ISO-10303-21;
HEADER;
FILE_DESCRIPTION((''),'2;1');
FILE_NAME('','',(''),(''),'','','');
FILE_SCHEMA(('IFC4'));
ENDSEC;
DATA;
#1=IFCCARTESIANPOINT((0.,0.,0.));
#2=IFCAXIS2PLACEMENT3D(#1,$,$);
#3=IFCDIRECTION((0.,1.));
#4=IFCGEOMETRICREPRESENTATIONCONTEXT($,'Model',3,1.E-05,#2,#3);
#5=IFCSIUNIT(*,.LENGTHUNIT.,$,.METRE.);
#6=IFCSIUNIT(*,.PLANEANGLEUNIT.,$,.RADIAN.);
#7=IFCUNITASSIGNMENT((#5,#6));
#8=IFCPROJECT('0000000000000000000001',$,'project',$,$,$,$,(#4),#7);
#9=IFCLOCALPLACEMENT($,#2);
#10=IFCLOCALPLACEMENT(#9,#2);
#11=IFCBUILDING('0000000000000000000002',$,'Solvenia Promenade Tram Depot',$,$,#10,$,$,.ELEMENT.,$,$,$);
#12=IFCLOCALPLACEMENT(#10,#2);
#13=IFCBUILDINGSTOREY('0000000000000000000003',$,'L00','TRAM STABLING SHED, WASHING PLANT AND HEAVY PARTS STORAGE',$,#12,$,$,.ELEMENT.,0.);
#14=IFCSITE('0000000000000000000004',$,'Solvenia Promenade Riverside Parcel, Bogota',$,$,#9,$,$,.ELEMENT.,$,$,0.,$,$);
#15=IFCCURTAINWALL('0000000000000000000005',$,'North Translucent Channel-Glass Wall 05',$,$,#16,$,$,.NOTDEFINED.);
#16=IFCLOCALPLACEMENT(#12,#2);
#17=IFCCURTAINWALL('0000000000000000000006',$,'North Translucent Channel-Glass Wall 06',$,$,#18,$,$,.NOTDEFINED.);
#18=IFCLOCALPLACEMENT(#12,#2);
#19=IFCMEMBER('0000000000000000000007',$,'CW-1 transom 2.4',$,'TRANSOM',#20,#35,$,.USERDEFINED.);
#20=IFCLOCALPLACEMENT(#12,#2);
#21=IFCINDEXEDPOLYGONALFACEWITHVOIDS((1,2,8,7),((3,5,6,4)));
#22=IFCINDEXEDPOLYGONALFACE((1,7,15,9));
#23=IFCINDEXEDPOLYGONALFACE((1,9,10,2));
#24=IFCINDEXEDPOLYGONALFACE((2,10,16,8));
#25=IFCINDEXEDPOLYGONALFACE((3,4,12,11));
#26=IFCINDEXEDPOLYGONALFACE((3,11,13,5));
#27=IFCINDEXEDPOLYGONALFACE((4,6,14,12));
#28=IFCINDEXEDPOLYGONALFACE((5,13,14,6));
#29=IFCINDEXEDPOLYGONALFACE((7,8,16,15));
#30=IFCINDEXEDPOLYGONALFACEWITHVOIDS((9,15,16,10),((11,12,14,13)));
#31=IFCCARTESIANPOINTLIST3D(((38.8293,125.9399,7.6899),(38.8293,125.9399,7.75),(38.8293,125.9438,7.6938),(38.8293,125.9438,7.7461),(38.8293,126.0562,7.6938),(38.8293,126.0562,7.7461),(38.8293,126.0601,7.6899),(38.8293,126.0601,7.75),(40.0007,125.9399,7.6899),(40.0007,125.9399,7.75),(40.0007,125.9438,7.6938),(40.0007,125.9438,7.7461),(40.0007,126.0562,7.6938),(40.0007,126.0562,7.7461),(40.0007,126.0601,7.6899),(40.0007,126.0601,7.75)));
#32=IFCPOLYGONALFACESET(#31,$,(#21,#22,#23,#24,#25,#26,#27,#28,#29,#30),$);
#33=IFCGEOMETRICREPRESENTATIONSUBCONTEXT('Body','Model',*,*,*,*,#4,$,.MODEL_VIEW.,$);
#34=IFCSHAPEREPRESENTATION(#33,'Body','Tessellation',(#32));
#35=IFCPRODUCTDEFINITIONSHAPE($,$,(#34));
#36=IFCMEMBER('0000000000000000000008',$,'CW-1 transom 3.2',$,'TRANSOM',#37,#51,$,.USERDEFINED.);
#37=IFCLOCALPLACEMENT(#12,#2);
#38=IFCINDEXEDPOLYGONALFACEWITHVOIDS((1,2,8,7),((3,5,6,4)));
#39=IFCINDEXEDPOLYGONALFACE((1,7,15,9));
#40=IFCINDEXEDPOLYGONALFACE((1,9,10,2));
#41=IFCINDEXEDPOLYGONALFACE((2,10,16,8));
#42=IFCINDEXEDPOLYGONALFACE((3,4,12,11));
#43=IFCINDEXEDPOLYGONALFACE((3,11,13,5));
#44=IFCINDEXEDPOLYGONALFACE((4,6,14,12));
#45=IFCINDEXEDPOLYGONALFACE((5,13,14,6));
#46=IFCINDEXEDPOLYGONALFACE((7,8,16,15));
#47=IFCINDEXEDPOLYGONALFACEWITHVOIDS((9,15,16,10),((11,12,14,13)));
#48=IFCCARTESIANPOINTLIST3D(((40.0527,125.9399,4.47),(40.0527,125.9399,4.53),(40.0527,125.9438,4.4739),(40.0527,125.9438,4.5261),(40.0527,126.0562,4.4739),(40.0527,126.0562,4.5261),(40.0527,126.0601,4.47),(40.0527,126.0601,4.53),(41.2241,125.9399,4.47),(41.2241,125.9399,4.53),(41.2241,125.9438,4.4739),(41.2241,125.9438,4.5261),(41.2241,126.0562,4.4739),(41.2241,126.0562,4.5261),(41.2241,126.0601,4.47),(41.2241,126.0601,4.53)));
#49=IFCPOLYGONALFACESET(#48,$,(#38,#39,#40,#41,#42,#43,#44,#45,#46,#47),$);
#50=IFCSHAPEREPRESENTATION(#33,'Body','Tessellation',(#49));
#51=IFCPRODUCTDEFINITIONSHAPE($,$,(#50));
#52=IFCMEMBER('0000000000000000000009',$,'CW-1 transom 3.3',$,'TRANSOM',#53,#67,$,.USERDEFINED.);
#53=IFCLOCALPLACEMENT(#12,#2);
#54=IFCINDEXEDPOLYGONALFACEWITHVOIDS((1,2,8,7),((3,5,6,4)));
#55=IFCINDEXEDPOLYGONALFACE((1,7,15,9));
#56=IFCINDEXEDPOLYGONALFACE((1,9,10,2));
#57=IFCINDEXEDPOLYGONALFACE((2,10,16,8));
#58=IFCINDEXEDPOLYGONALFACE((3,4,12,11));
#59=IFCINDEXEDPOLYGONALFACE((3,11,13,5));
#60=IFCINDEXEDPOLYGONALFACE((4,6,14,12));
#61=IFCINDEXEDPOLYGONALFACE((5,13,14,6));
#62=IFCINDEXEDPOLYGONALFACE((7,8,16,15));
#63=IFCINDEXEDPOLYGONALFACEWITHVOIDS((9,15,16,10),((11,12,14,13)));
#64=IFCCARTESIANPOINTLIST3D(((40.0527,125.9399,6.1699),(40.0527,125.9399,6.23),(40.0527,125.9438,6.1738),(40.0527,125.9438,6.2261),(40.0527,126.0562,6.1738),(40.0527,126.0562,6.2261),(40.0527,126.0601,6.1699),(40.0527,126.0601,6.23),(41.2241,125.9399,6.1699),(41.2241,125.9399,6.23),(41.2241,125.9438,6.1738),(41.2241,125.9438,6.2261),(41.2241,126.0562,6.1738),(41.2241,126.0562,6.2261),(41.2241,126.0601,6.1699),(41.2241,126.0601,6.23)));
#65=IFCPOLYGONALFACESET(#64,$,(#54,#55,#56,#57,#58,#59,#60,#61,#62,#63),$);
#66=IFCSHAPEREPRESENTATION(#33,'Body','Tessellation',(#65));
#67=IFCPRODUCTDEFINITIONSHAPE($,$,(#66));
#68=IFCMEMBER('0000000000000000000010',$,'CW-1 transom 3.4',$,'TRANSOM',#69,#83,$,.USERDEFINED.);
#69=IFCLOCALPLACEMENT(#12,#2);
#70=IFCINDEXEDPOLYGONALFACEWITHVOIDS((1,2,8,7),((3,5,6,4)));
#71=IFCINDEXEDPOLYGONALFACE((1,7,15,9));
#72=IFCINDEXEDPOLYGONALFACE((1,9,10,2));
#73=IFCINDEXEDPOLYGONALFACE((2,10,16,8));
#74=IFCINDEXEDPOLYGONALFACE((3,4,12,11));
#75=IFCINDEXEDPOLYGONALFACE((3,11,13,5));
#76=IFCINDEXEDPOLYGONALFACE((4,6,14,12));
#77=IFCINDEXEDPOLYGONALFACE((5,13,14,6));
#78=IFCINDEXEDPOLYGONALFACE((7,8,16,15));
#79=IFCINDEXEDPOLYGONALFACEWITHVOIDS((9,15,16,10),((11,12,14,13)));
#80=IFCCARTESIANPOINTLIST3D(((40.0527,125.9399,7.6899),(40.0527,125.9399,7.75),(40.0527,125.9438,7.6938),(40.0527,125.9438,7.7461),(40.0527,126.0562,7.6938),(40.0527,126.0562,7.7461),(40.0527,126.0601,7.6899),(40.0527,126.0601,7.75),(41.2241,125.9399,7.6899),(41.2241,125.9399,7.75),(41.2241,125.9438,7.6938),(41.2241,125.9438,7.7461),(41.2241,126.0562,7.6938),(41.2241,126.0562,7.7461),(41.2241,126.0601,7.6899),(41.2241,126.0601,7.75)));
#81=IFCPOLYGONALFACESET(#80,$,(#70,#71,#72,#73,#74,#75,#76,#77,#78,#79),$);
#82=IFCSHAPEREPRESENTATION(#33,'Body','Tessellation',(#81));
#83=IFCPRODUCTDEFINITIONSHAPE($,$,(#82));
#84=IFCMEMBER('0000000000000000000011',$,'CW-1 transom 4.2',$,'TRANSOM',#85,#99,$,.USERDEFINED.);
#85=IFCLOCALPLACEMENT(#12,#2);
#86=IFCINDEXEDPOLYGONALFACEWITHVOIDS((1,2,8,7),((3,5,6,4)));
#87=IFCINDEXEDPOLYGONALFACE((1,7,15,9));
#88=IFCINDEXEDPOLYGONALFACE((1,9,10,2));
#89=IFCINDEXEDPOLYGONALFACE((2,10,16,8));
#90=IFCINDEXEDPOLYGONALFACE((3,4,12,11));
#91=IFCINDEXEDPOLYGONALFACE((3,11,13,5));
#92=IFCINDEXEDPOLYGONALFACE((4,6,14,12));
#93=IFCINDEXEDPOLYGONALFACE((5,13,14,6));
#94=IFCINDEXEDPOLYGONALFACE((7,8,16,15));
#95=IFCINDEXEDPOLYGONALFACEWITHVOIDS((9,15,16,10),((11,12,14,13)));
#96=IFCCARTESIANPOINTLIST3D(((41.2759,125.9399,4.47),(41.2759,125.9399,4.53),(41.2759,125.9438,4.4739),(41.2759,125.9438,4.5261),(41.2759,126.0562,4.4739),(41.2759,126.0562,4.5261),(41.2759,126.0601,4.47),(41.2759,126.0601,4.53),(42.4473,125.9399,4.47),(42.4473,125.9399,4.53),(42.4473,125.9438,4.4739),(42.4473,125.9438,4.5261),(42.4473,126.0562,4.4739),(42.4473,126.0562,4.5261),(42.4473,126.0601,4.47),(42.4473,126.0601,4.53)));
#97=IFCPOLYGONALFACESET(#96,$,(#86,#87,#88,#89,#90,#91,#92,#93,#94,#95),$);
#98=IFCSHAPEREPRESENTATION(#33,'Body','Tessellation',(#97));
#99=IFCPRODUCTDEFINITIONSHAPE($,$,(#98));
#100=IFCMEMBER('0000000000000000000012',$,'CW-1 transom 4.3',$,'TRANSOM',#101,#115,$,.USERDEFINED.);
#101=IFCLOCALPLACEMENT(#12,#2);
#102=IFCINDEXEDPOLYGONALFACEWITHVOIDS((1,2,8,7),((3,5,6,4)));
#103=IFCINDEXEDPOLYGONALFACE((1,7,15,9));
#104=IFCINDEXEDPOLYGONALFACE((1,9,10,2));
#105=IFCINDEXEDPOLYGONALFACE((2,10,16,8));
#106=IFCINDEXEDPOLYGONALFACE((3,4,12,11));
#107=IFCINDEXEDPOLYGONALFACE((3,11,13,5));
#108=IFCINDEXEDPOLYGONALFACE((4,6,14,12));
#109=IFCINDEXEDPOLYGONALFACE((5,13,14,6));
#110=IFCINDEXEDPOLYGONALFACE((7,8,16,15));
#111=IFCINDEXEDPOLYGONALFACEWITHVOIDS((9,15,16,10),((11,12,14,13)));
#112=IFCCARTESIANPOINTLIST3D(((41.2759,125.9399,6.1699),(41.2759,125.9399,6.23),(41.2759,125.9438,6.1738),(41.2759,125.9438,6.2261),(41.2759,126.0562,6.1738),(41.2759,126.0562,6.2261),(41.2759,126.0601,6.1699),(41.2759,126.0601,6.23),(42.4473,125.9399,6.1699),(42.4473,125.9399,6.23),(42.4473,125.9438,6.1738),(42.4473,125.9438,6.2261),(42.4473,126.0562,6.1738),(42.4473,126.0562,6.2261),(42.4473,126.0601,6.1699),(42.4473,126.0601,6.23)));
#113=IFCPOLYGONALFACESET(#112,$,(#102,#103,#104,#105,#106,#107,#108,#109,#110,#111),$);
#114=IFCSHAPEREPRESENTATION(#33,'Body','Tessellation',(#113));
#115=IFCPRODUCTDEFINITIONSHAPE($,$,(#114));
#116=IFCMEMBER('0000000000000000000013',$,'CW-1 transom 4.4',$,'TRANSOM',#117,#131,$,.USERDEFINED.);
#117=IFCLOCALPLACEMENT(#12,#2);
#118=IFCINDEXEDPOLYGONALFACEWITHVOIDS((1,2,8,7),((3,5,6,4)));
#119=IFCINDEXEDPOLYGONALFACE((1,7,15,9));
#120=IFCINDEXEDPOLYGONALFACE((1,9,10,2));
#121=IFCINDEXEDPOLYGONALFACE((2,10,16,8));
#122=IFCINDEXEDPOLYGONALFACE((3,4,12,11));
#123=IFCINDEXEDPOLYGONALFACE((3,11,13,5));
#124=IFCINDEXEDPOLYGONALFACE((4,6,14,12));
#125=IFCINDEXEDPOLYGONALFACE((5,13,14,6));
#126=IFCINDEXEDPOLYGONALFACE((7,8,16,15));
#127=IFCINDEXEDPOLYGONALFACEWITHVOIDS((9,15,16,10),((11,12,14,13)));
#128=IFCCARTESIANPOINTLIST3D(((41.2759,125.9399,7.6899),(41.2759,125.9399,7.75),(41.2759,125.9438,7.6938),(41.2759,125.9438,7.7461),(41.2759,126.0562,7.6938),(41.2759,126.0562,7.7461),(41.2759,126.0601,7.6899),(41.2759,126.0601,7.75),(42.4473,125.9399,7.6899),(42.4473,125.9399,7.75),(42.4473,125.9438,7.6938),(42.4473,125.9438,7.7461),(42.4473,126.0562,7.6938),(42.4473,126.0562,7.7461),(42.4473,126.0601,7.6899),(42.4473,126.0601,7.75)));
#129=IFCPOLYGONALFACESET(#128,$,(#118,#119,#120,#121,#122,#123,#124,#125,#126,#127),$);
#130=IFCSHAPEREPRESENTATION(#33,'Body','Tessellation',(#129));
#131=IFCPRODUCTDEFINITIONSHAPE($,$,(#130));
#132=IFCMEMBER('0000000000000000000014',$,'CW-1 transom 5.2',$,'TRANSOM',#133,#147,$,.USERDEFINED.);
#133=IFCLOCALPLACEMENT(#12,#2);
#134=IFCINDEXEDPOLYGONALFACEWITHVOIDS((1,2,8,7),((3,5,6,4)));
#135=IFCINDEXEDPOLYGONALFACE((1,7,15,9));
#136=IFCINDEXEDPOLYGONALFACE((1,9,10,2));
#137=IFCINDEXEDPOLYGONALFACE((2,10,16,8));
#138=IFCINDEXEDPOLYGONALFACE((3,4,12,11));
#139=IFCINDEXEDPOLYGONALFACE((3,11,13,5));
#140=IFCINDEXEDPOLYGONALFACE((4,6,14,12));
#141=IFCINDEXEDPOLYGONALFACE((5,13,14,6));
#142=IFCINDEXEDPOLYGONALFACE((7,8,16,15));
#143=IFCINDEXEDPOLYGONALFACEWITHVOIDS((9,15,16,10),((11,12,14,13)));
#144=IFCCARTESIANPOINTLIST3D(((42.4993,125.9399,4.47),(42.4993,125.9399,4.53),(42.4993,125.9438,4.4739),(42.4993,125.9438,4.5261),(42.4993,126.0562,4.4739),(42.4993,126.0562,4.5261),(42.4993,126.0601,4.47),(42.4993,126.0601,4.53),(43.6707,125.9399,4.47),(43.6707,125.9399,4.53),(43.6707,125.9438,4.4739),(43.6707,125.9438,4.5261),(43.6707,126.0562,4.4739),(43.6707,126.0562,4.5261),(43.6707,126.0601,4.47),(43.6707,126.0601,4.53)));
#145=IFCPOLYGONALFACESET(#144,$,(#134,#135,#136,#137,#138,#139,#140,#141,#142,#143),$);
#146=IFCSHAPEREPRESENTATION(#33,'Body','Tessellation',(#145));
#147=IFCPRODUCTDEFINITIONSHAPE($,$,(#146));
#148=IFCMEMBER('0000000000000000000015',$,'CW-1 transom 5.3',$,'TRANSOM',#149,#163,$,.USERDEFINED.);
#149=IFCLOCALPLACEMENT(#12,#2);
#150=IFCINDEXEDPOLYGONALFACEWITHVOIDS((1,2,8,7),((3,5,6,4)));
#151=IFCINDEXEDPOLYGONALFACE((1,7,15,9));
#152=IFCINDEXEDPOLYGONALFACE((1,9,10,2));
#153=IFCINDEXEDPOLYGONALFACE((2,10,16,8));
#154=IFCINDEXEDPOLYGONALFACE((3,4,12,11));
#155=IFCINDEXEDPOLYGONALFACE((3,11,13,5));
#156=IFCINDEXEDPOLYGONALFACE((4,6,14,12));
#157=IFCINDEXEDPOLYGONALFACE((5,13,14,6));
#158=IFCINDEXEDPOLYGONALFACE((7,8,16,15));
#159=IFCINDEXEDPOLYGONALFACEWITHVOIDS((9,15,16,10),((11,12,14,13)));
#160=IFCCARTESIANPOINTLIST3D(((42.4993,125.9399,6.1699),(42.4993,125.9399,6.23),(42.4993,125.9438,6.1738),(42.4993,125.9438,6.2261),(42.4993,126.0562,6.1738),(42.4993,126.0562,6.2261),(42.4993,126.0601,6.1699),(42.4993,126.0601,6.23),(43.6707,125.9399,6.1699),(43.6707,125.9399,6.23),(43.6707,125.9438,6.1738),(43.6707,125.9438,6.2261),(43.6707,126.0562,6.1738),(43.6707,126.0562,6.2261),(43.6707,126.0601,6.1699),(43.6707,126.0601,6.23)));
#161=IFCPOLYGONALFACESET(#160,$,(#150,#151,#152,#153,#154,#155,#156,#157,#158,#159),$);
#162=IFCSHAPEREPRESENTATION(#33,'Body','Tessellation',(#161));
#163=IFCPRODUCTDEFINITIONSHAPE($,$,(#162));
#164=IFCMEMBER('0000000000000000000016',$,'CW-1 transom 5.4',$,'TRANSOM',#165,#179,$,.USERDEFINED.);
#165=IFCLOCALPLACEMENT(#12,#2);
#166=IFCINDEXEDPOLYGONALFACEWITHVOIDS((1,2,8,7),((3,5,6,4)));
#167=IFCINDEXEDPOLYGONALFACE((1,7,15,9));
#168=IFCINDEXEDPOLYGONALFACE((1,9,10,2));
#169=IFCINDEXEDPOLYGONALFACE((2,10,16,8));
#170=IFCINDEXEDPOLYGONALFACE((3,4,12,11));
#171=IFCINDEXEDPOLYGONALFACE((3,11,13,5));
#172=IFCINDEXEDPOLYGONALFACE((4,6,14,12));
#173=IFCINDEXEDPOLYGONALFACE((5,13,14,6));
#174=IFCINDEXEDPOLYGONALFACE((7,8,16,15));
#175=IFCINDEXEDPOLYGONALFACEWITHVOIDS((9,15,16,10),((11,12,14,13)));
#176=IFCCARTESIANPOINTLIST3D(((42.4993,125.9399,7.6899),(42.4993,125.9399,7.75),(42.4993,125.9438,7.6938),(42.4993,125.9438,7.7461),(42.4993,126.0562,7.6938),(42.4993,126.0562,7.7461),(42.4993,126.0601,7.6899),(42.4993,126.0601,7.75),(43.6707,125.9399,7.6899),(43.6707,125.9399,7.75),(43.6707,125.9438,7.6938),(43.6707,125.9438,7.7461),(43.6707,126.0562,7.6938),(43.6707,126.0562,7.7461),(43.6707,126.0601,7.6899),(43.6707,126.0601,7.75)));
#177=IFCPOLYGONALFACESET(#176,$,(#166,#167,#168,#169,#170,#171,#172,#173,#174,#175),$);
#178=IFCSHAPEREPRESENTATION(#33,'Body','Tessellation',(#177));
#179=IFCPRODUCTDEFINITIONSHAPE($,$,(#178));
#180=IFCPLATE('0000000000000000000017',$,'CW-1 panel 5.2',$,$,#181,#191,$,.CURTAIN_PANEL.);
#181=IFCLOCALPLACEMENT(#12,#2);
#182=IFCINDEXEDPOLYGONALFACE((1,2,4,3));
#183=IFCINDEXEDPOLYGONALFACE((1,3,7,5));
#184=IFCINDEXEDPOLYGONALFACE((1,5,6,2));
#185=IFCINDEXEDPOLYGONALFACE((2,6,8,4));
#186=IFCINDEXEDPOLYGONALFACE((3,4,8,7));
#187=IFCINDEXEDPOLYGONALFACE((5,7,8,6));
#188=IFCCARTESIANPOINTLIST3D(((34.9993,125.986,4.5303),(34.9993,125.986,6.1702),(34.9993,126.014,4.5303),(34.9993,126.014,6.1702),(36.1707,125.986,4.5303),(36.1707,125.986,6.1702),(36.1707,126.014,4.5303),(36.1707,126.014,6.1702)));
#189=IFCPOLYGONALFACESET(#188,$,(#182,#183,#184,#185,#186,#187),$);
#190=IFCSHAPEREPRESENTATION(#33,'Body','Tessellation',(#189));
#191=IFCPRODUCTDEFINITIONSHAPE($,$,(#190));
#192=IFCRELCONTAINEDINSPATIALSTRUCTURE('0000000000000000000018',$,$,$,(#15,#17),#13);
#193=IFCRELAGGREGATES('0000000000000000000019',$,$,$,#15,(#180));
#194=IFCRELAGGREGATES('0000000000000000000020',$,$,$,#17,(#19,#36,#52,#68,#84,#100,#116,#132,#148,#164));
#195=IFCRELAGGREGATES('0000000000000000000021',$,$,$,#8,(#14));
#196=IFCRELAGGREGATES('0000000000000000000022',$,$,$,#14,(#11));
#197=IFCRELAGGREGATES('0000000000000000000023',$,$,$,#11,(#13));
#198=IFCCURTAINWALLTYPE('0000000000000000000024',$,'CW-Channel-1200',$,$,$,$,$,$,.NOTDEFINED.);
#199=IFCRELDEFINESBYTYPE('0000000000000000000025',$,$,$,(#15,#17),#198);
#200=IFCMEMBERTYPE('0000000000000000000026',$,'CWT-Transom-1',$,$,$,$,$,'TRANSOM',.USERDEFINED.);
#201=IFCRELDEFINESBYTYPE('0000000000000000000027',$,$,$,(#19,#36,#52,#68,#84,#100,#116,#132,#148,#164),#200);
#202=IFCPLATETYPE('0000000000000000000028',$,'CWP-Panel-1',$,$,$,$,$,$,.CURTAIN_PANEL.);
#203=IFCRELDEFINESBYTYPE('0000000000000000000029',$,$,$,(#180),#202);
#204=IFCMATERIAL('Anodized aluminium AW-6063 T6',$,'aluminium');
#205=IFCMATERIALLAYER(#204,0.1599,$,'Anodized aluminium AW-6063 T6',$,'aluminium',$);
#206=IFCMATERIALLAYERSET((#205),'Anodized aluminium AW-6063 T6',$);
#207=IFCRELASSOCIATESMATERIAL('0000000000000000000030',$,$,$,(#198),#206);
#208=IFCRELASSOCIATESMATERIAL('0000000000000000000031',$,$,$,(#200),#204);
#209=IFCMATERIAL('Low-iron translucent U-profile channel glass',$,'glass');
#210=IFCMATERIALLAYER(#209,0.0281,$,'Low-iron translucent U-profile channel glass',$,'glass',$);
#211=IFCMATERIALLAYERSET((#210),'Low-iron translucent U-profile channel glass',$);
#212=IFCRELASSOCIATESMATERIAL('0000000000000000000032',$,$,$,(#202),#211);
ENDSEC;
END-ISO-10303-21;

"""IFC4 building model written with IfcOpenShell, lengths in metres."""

from ifc_helpers import new_model, si_unit, direction, frame, origin, origin_2d, place, context, subcontext, project, spatial, rectangle, hollow_rectangle, extrude, material, layer, layer_set, material_profile, profile_set, type_object, element, aggregate, save


model = new_model("IFC4")

# Units and contexts
model_context = context("Model", 3, precision=1e-05, world=origin(), true_north=direction((0.0, 1.0)))
body_context = subcontext(model_context, "Body", "Model", "MODEL_VIEW")
ifc_project = project(units=[si_unit("LENGTHUNIT", "METRE"), si_unit("PLANEANGLEUNIT", "RADIAN")], contexts=[model_context])

# Site, building, storey
site_placement = place(None, origin())
site = spatial("IfcSite", under=ifc_project, at=site_placement, Name="Solvenia Promenade Riverside Parcel, Bogota", CompositionType="ELEMENT", RefElevation=0.0)
building_placement = place(site_placement, origin())
building = spatial("IfcBuilding", under=site, at=building_placement, Name="Solvenia Promenade Tram Depot", CompositionType="ELEMENT")
storey_placement = place(building_placement, origin())
storey = spatial("IfcBuildingStorey", under=building, at=storey_placement, Name="L00", Description="TRAM STABLING SHED, WASHING PLANT AND HEAVY PARTS STORAGE", CompositionType="ELEMENT", Elevation=0.0)

# Curtain walls, members
ifc_material_1 = material(Name="Anodized aluminium AW-6063 T6", Category="aluminium")
ifc_layer_1 = layer(ifc_material_1, 0.1599, Name="Anodized aluminium AW-6063 T6", Category="aluminium")
ifc_layer_set_1 = layer_set([ifc_layer_1], Name="Anodized aluminium AW-6063 T6")
curtain_wall_type = type_object("IfcCurtainWallType", Name="CW-Channel-1200", PredefinedType="NOTDEFINED", material=ifc_layer_set_1)
curtain_wall_1_placement = place(storey_placement, origin())
curtain_wall_1 = element("IfcCurtainWall", 1, at=curtain_wall_1_placement, inside=storey, type_object=curtain_wall_type, Name="North Translucent Channel-Glass Wall 05", PredefinedType="NOTDEFINED")
ifc_material_profile = material_profile(ifc_material_1, hollow_rectangle(XDim=0.1201, YDim=0.0601, WallThickness=0.0039, at=origin_2d()), Name="ALU-T1", Category="aluminium")
ifc_profile_set = profile_set([ifc_material_profile], Name="Anodized aluminium AW-6063 T6")
member_type = type_object("IfcMemberType", Name="CWT-Transom-1", ElementType="TRANSOM", PredefinedType="USERDEFINED", material=ifc_profile_set)
curtain_wall_2_placement = place(storey_placement, origin())
curtain_wall_2 = element("IfcCurtainWall", 2, at=curtain_wall_2_placement, inside=storey, type_object=curtain_wall_type, Name="North Translucent Channel-Glass Wall 06", PredefinedType="NOTDEFINED")
member_1_placement = place(storey_placement, frame((38.8293, 126.0, 7.72), z_axis=(1.0, 0.0, 0.0), x_axis=(0.0, 1.0, 0.0)))
member_1 = element("IfcMember", 3, at=member_1_placement, type_object=member_type, Name="CW-1 transom 2.4", ObjectType="TRANSOM", PredefinedType="USERDEFINED", context=body_context, shape_type="SweptSolid", body=[
    extrude(hollow_rectangle(XDim=0.1201, YDim=0.0601, WallThickness=0.0039, at=origin_2d()), origin(), (0.0, 0.0, 1.0), 1.1714),
])
member_2_placement = place(storey_placement, frame((40.0527, 126.0, 4.5), z_axis=(1.0, 0.0, 0.0), x_axis=(0.0, 1.0, 0.0)))
member_2 = element("IfcMember", 4, at=member_2_placement, type_object=member_type, Name="CW-1 transom 3.2", ObjectType="TRANSOM", PredefinedType="USERDEFINED", context=body_context, shape_type="SweptSolid", body=[
    extrude(hollow_rectangle(XDim=0.1201, YDim=0.0601, WallThickness=0.0039, at=origin_2d()), origin(), (0.0, 0.0, 1.0), 1.1714),
])
member_3_placement = place(storey_placement, frame((40.0527, 126.0, 6.2), z_axis=(1.0, 0.0, 0.0), x_axis=(0.0, 1.0, 0.0)))
member_3 = element("IfcMember", 5, at=member_3_placement, type_object=member_type, Name="CW-1 transom 3.3", ObjectType="TRANSOM", PredefinedType="USERDEFINED", context=body_context, shape_type="SweptSolid", body=[
    extrude(hollow_rectangle(XDim=0.1201, YDim=0.0601, WallThickness=0.0039, at=origin_2d()), origin(), (0.0, 0.0, 1.0), 1.1714),
])
member_4_placement = place(storey_placement, frame((40.0527, 126.0, 7.72), z_axis=(1.0, 0.0, 0.0), x_axis=(0.0, 1.0, 0.0)))
member_4 = element("IfcMember", 6, at=member_4_placement, type_object=member_type, Name="CW-1 transom 3.4", ObjectType="TRANSOM", PredefinedType="USERDEFINED", context=body_context, shape_type="SweptSolid", body=[
    extrude(hollow_rectangle(XDim=0.1201, YDim=0.0601, WallThickness=0.0039, at=origin_2d()), origin(), (0.0, 0.0, 1.0), 1.1714),
])
member_5_placement = place(storey_placement, frame((41.2759, 126.0, 4.5), z_axis=(1.0, 0.0, 0.0), x_axis=(0.0, 1.0, 0.0)))
member_5 = element("IfcMember", 7, at=member_5_placement, type_object=member_type, Name="CW-1 transom 4.2", ObjectType="TRANSOM", PredefinedType="USERDEFINED", context=body_context, shape_type="SweptSolid", body=[
    extrude(hollow_rectangle(XDim=0.1201, YDim=0.0601, WallThickness=0.0039, at=origin_2d()), origin(), (0.0, 0.0, 1.0), 1.1714),
])
member_6_placement = place(storey_placement, frame((41.2759, 126.0, 6.2), z_axis=(1.0, 0.0, 0.0), x_axis=(0.0, 1.0, 0.0)))
member_6 = element("IfcMember", 8, at=member_6_placement, type_object=member_type, Name="CW-1 transom 4.3", ObjectType="TRANSOM", PredefinedType="USERDEFINED", context=body_context, shape_type="SweptSolid", body=[
    extrude(hollow_rectangle(XDim=0.1201, YDim=0.0601, WallThickness=0.0039, at=origin_2d()), origin(), (0.0, 0.0, 1.0), 1.1714),
])
member_7_placement = place(storey_placement, frame((41.2759, 126.0, 7.72), z_axis=(1.0, 0.0, 0.0), x_axis=(0.0, 1.0, 0.0)))
member_7 = element("IfcMember", 9, at=member_7_placement, type_object=member_type, Name="CW-1 transom 4.4", ObjectType="TRANSOM", PredefinedType="USERDEFINED", context=body_context, shape_type="SweptSolid", body=[
    extrude(hollow_rectangle(XDim=0.1201, YDim=0.0601, WallThickness=0.0039, at=origin_2d()), origin(), (0.0, 0.0, 1.0), 1.1714),
])
member_8_placement = place(storey_placement, frame((42.4993, 126.0, 4.5), z_axis=(1.0, 0.0, 0.0), x_axis=(0.0, 1.0, 0.0)))
member_8 = element("IfcMember", 10, at=member_8_placement, type_object=member_type, Name="CW-1 transom 5.2", ObjectType="TRANSOM", PredefinedType="USERDEFINED", context=body_context, shape_type="SweptSolid", body=[
    extrude(hollow_rectangle(XDim=0.1201, YDim=0.0601, WallThickness=0.0039, at=origin_2d()), origin(), (0.0, 0.0, 1.0), 1.1714),
])
member_9_placement = place(storey_placement, frame((42.4993, 126.0, 6.2), z_axis=(1.0, 0.0, 0.0), x_axis=(0.0, 1.0, 0.0)))
member_9 = element("IfcMember", 11, at=member_9_placement, type_object=member_type, Name="CW-1 transom 5.3", ObjectType="TRANSOM", PredefinedType="USERDEFINED", context=body_context, shape_type="SweptSolid", body=[
    extrude(hollow_rectangle(XDim=0.1201, YDim=0.0601, WallThickness=0.0039, at=origin_2d()), origin(), (0.0, 0.0, 1.0), 1.1714),
])
member_10_placement = place(storey_placement, frame((42.4993, 126.0, 7.72), z_axis=(1.0, 0.0, 0.0), x_axis=(0.0, 1.0, 0.0)))
member_10 = element("IfcMember", 12, at=member_10_placement, type_object=member_type, Name="CW-1 transom 5.4", ObjectType="TRANSOM", PredefinedType="USERDEFINED", context=body_context, shape_type="SweptSolid", body=[
    extrude(hollow_rectangle(XDim=0.1201, YDim=0.0601, WallThickness=0.0039, at=origin_2d()), origin(), (0.0, 0.0, 1.0), 1.1714),
])

# Plate
ifc_material_2 = material(Name="Low-iron translucent U-profile channel glass", Category="glass")
ifc_layer_2 = layer(ifc_material_2, 0.0281, Name="Low-iron translucent U-profile channel glass", Category="glass")
ifc_layer_set_2 = layer_set([ifc_layer_2], Name="Low-iron translucent U-profile channel glass")
plate_type = type_object("IfcPlateType", Name="CWP-Panel-1", PredefinedType="CURTAIN_PANEL", material=ifc_layer_set_2)
plate_1_placement = place(storey_placement, frame((35.585, 126.0, 4.5303), z_axis=(0.0, 0.0, 1.0), x_axis=(1.0, 0.0, 0.0)))
plate_1 = element("IfcPlate", 13, at=plate_1_placement, type_object=plate_type, Name="CW-1 panel 5.2", PredefinedType="CURTAIN_PANEL", context=body_context, shape_type="SweptSolid", body=[
    extrude(rectangle(XDim=1.1714, YDim=0.0281, at=origin_2d()), origin(), (0.0, 0.0, 1.0), 1.6399),
])
aggregate(curtain_wall_1, [plate_1])
aggregate(curtain_wall_2, [member_1, member_2, member_3, member_4, member_5, member_6, member_7, member_8, member_9, member_10])

save(model, "model.ifc")
